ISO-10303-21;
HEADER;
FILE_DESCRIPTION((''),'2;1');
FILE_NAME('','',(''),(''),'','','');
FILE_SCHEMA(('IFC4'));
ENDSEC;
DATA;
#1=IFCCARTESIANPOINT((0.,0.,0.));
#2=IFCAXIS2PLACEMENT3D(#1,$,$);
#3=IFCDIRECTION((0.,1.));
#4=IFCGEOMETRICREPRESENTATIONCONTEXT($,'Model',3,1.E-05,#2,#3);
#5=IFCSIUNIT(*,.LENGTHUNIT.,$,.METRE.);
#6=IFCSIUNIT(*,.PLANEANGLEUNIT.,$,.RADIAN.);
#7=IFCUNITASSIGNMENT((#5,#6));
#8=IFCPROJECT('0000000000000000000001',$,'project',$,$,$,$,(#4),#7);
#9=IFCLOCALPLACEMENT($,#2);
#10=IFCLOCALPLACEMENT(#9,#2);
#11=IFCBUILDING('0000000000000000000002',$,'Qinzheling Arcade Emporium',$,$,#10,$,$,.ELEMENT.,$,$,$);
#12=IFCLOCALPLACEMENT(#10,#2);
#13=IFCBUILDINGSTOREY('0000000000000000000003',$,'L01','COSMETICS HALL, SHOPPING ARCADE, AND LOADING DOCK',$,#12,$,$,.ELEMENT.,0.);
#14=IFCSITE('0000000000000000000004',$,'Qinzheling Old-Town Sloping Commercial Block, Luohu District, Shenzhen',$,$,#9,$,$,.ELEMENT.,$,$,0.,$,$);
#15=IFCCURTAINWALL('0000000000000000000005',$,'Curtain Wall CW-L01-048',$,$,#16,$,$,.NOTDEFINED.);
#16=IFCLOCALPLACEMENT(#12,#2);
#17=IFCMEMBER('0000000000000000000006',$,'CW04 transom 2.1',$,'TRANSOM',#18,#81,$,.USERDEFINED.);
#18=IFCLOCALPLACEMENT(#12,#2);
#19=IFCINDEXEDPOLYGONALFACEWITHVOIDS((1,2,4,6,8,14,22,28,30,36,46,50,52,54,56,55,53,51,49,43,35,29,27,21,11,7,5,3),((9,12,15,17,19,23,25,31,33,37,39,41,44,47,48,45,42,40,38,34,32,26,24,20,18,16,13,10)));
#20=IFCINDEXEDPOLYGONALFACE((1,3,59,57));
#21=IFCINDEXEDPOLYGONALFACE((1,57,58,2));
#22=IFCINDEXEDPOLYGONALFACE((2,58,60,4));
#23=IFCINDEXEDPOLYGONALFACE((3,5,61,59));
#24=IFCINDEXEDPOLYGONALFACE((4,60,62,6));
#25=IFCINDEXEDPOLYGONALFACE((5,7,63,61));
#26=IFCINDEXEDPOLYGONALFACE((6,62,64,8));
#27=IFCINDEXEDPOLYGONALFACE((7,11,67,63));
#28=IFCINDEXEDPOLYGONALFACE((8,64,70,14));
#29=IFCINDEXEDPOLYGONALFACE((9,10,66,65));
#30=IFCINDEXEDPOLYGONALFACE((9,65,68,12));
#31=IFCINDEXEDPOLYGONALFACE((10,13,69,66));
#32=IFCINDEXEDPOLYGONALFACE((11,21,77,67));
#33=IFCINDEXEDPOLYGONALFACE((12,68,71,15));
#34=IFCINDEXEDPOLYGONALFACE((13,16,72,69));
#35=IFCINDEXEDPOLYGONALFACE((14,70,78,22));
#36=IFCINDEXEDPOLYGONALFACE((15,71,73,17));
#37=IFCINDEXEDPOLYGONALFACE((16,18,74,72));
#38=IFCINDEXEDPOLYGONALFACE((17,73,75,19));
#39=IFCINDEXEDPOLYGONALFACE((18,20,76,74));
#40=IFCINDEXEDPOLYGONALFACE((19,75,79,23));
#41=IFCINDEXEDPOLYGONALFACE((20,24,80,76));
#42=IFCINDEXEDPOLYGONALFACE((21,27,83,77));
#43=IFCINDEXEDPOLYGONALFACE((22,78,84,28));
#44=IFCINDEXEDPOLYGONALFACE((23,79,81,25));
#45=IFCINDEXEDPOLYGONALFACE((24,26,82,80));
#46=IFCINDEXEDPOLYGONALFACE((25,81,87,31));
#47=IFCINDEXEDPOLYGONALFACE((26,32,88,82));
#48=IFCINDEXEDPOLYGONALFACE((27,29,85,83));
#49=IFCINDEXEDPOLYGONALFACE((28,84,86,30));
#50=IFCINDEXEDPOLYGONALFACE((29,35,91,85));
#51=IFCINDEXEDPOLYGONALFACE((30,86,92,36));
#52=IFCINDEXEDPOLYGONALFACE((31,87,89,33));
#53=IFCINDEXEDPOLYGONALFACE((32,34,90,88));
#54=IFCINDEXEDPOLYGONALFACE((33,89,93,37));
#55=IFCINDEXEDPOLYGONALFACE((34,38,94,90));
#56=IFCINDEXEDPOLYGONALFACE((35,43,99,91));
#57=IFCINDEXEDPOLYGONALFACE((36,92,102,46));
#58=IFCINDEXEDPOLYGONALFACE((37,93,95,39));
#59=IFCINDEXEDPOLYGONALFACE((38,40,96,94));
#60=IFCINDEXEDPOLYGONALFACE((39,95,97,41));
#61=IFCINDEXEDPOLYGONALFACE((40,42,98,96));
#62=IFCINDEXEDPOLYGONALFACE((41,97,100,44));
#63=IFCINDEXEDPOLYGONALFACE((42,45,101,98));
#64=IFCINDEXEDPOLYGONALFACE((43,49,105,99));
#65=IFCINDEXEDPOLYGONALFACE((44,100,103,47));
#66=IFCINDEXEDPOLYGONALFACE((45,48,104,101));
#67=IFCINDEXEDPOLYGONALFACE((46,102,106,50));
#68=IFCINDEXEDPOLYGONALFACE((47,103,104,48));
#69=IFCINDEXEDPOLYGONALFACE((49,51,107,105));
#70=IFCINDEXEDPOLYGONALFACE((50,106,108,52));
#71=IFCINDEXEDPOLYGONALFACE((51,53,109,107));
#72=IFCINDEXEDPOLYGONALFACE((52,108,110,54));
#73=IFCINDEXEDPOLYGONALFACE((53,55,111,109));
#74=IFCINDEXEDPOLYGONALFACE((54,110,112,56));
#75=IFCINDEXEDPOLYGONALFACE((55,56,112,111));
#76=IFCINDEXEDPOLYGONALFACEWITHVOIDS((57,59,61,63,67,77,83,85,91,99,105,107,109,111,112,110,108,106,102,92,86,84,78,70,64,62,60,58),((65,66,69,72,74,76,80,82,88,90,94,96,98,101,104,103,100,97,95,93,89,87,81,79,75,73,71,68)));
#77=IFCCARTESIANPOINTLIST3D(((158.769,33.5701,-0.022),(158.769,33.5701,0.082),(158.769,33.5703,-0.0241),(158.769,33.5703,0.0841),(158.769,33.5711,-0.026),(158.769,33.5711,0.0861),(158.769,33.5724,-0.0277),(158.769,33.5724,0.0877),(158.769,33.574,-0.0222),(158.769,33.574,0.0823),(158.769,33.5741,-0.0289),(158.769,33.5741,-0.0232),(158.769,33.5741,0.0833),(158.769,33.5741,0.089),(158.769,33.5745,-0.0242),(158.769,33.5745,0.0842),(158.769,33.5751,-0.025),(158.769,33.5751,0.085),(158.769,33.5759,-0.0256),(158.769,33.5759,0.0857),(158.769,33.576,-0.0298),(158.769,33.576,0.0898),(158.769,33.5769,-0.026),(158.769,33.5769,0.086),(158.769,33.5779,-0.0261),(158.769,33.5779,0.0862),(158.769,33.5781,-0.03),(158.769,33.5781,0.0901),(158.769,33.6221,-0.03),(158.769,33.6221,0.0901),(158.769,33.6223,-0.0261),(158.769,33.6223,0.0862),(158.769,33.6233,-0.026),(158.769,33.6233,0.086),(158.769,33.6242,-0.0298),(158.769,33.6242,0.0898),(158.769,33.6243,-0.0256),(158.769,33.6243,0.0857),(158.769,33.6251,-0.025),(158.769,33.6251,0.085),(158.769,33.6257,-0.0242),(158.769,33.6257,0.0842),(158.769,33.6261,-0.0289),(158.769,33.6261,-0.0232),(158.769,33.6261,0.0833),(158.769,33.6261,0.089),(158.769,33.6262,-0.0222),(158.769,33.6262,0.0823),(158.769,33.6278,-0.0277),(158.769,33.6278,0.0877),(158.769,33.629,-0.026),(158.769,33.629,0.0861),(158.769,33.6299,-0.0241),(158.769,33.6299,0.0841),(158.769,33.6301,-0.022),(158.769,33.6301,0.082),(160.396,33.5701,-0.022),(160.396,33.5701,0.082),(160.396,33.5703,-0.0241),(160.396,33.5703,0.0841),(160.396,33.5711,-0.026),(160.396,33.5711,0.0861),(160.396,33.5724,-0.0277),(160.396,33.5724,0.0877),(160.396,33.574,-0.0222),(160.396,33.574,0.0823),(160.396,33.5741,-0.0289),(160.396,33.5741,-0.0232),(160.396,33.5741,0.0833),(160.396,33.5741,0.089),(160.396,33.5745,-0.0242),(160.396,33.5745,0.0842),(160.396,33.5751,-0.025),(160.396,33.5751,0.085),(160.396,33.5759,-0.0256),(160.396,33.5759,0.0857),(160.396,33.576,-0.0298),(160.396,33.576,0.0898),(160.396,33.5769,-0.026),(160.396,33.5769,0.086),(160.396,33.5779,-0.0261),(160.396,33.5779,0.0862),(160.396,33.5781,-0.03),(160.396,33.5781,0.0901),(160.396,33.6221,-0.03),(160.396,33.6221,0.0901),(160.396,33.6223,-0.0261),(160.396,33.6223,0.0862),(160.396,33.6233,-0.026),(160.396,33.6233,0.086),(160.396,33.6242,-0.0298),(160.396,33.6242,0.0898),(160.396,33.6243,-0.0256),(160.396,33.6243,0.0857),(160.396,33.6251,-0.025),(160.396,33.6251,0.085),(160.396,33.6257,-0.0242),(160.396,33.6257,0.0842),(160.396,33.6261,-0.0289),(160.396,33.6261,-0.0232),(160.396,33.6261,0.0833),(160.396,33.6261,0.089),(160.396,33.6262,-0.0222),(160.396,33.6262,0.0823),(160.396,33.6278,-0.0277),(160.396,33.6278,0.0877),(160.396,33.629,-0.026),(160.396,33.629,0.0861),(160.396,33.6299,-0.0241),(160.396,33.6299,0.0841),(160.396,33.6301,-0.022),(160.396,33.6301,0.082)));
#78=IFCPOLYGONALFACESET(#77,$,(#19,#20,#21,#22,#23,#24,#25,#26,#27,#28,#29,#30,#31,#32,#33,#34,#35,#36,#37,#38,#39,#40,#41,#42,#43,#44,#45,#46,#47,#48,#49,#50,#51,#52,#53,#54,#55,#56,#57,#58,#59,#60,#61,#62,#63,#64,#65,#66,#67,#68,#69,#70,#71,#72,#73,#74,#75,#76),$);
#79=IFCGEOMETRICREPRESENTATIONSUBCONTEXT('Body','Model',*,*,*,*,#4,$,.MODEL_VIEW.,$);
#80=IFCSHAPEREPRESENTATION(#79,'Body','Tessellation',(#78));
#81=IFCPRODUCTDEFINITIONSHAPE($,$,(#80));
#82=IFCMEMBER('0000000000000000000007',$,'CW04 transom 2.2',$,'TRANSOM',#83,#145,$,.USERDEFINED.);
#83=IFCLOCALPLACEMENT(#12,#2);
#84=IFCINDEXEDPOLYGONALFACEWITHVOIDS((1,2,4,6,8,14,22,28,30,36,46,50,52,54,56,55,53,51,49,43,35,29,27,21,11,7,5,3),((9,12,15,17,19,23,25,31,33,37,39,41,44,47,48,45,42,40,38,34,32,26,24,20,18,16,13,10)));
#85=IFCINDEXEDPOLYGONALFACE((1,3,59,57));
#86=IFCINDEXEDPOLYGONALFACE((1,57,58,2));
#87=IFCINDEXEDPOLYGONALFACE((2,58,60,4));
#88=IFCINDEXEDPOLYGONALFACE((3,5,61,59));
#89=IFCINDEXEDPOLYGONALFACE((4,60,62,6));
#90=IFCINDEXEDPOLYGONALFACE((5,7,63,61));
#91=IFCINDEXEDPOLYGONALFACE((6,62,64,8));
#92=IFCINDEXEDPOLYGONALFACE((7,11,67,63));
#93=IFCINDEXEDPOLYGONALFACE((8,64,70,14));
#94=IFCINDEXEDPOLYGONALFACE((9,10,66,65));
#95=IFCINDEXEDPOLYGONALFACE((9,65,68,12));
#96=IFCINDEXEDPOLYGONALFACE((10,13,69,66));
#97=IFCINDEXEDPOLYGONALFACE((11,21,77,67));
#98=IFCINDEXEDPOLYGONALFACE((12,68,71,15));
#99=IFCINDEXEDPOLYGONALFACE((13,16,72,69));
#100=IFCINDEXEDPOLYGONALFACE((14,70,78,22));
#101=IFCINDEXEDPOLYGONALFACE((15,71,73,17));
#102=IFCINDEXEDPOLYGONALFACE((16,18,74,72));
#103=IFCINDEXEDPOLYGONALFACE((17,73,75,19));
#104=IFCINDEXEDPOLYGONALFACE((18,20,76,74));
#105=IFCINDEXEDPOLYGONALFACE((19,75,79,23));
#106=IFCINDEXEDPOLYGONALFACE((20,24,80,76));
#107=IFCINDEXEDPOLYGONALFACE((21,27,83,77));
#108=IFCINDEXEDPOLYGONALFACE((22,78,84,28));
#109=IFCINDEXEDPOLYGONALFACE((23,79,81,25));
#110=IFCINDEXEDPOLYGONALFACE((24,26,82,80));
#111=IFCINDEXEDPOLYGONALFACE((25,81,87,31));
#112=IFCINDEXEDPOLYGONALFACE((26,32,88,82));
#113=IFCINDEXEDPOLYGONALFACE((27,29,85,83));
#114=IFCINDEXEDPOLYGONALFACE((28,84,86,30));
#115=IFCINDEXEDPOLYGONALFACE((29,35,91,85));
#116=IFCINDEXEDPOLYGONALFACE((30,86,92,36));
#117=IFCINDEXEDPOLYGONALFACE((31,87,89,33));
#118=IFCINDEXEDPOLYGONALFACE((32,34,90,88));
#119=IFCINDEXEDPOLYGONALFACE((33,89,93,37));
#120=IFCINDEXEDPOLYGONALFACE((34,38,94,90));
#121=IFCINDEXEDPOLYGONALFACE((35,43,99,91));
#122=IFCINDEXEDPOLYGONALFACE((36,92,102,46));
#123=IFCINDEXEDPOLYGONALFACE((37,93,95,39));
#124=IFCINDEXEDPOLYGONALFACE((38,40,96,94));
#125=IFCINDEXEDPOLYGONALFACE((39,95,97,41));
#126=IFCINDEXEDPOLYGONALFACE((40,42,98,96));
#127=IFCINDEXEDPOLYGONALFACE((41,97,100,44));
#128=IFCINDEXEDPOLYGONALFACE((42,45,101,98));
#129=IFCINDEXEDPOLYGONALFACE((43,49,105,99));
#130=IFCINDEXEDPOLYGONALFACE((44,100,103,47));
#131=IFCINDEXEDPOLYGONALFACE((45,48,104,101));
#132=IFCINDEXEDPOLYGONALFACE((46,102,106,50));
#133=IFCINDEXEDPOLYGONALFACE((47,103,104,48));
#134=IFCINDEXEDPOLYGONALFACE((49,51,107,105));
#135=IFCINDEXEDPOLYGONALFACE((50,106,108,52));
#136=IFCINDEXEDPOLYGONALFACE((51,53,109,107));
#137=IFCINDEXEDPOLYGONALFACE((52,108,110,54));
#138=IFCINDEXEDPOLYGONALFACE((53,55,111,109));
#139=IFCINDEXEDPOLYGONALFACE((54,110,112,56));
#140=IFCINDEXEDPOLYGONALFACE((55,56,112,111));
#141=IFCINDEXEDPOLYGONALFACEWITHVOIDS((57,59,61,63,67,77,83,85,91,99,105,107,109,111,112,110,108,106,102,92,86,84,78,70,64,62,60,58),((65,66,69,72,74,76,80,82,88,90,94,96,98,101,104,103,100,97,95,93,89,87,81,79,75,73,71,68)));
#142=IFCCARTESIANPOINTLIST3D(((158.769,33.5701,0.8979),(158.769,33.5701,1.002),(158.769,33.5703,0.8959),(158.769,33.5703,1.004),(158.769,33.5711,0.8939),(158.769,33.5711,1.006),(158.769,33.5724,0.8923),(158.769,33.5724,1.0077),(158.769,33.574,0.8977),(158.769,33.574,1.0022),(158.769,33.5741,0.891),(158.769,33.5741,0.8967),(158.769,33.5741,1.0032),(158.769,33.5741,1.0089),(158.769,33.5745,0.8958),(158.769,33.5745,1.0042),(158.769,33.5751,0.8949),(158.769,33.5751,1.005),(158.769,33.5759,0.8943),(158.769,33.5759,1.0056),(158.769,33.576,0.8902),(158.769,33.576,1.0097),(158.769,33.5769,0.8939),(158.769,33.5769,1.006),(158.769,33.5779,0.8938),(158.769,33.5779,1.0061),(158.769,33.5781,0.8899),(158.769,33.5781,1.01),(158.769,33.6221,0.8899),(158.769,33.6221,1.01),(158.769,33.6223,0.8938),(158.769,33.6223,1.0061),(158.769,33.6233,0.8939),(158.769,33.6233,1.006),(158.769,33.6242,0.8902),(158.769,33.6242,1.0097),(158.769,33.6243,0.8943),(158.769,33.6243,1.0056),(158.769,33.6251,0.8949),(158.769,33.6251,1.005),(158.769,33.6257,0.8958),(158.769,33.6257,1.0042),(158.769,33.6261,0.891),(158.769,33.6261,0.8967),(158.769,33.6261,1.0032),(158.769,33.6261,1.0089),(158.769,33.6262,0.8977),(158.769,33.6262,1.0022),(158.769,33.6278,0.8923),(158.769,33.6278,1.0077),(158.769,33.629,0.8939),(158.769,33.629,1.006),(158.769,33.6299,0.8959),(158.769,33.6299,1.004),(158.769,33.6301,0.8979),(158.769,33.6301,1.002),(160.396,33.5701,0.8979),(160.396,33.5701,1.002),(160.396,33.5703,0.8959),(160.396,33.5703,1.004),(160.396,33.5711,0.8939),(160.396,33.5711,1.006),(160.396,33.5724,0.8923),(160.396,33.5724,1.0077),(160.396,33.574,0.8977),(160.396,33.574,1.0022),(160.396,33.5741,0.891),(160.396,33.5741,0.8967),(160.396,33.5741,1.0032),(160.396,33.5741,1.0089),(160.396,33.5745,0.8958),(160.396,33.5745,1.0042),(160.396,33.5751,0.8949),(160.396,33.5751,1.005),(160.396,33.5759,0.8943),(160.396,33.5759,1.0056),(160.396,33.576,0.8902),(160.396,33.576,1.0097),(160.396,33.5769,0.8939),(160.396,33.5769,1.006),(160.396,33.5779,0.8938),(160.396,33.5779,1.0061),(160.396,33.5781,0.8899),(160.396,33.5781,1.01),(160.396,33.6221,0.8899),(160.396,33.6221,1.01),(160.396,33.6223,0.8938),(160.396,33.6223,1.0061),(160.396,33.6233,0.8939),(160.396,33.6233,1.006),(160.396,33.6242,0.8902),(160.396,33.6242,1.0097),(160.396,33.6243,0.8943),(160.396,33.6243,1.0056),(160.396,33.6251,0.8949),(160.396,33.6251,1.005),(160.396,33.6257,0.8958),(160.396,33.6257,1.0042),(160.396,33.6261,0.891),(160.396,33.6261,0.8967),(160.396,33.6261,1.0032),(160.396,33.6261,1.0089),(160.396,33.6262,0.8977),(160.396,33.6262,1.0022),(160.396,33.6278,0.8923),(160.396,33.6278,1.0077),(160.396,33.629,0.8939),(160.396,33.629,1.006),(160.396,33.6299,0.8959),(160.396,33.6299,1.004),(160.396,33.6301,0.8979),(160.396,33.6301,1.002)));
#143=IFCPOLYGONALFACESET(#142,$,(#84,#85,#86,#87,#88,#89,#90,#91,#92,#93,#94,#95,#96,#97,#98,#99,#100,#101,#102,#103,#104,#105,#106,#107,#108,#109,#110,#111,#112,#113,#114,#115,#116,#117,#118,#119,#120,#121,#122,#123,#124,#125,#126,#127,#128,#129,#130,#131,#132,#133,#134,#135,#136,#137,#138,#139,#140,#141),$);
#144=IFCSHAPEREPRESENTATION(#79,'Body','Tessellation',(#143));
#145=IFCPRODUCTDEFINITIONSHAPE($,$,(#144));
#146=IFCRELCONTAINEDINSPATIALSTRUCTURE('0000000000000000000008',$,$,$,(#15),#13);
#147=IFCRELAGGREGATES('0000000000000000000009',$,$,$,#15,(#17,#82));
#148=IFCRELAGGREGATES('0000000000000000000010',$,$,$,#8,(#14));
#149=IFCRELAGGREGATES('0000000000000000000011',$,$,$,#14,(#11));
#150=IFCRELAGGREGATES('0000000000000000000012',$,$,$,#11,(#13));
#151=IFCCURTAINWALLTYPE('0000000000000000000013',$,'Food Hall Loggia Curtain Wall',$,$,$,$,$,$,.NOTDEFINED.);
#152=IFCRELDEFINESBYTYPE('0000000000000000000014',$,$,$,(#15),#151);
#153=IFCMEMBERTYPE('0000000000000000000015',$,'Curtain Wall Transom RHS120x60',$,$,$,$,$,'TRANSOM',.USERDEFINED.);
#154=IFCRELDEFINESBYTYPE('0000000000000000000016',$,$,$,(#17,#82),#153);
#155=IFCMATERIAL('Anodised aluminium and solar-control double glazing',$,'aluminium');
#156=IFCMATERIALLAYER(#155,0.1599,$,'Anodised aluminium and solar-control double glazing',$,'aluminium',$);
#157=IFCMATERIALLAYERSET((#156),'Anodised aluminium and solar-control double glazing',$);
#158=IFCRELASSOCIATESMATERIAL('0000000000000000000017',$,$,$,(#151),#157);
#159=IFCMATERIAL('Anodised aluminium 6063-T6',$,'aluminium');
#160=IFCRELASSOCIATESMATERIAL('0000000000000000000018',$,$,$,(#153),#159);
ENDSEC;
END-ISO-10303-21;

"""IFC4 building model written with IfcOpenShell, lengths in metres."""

from ifc_helpers import new_model, si_unit, direction, frame, origin, origin_2d, place, context, subcontext, project, spatial, hollow_rectangle, extrude, material, layer, layer_set, material_profile, profile_set, type_object, element, aggregate, save


model = new_model("IFC4")

# Units and contexts
model_context = context("Model", 3, precision=1e-05, world=origin(), true_north=direction((0.0, 1.0)))
body_context = subcontext(model_context, "Body", "Model", "MODEL_VIEW")
ifc_project = project(units=[si_unit("LENGTHUNIT", "METRE"), si_unit("PLANEANGLEUNIT", "RADIAN")], contexts=[model_context])

# Site, building, storey
site_placement = place(None, origin())
site = spatial("IfcSite", under=ifc_project, at=site_placement, Name="Qinzheling Old-Town Sloping Commercial Block, Luohu District, Shenzhen", CompositionType="ELEMENT", RefElevation=0.0)
building_placement = place(site_placement, origin())
building = spatial("IfcBuilding", under=site, at=building_placement, Name="Qinzheling Arcade Emporium", CompositionType="ELEMENT")
storey_placement = place(building_placement, origin())
storey = spatial("IfcBuildingStorey", under=building, at=storey_placement, Name="L01", Description="COSMETICS HALL, SHOPPING ARCADE, AND LOADING DOCK", CompositionType="ELEMENT", Elevation=0.0)

# Curtain wall, members
ifc_material_1 = material(Name="Anodised aluminium and solar-control double glazing", Category="aluminium")
ifc_layer_1 = layer(ifc_material_1, 0.1599, Name="Anodised aluminium and solar-control double glazing", Category="aluminium")
ifc_layer_set_1 = layer_set([ifc_layer_1], Name="Anodised aluminium and solar-control double glazing")
curtain_wall_type = type_object("IfcCurtainWallType", Name="Food Hall Loggia Curtain Wall", PredefinedType="NOTDEFINED", material=ifc_layer_set_1)
curtain_wall_placement = place(storey_placement, origin())
curtain_wall = element("IfcCurtainWall", 1, at=curtain_wall_placement, inside=storey, type_object=curtain_wall_type, Name="Curtain Wall CW-L01-048", PredefinedType="NOTDEFINED")
ifc_material_2 = material(Name="Anodised aluminium 6063-T6", Category="aluminium")
ifc_material_profile_1 = material_profile(ifc_material_2, hollow_rectangle(XDim=0.0601, YDim=0.1201, WallThickness=0.0039, InnerFilletRadius=0.0039, OuterFilletRadius=0.0081, at=origin_2d()), Name="RHS 120x60x4", Category="aluminium")
ifc_profile_set_1 = profile_set([ifc_material_profile_1], Name="Anodised aluminium 6063-T6")
member_type_1 = type_object("IfcMemberType", Name="Curtain Wall Transom RHS120x60", ElementType="TRANSOM", PredefinedType="USERDEFINED", material=ifc_profile_set_1)
member_1_placement = place(storey_placement, frame((158.769, 33.6001, 0.03), z_axis=(1.0, 0.0, 0.0), x_axis=(0.0, 1.0, 0.0)))
member_1 = element("IfcMember", 2, at=member_1_placement, type_object=member_type_1, Name="CW04 transom 2.1", ObjectType="TRANSOM", PredefinedType="USERDEFINED", context=body_context, shape_type="SweptSolid", body=[
    extrude(hollow_rectangle(XDim=0.0601, YDim=0.1201, WallThickness=0.0039, InnerFilletRadius=0.0039, OuterFilletRadius=0.0081, at=origin_2d()), origin(), (0.0, 0.0, 1.0), 1.627),
])
member_2_placement = place(storey_placement, frame((158.769, 33.6001, 0.95), z_axis=(1.0, 0.0, 0.0), x_axis=(0.0, 1.0, 0.0)))
member_2 = element("IfcMember", 3, at=member_2_placement, type_object=member_type_1, Name="CW04 transom 2.2", ObjectType="TRANSOM", PredefinedType="USERDEFINED", context=body_context, shape_type="SweptSolid", body=[
    extrude(hollow_rectangle(XDim=0.0601, YDim=0.1201, WallThickness=0.0039, InnerFilletRadius=0.0039, OuterFilletRadius=0.0081, at=origin_2d()), origin(), (0.0, 0.0, 1.0), 1.627),
])
aggregate(curtain_wall, [member_1, member_2])

save(model, "model.ifc")
